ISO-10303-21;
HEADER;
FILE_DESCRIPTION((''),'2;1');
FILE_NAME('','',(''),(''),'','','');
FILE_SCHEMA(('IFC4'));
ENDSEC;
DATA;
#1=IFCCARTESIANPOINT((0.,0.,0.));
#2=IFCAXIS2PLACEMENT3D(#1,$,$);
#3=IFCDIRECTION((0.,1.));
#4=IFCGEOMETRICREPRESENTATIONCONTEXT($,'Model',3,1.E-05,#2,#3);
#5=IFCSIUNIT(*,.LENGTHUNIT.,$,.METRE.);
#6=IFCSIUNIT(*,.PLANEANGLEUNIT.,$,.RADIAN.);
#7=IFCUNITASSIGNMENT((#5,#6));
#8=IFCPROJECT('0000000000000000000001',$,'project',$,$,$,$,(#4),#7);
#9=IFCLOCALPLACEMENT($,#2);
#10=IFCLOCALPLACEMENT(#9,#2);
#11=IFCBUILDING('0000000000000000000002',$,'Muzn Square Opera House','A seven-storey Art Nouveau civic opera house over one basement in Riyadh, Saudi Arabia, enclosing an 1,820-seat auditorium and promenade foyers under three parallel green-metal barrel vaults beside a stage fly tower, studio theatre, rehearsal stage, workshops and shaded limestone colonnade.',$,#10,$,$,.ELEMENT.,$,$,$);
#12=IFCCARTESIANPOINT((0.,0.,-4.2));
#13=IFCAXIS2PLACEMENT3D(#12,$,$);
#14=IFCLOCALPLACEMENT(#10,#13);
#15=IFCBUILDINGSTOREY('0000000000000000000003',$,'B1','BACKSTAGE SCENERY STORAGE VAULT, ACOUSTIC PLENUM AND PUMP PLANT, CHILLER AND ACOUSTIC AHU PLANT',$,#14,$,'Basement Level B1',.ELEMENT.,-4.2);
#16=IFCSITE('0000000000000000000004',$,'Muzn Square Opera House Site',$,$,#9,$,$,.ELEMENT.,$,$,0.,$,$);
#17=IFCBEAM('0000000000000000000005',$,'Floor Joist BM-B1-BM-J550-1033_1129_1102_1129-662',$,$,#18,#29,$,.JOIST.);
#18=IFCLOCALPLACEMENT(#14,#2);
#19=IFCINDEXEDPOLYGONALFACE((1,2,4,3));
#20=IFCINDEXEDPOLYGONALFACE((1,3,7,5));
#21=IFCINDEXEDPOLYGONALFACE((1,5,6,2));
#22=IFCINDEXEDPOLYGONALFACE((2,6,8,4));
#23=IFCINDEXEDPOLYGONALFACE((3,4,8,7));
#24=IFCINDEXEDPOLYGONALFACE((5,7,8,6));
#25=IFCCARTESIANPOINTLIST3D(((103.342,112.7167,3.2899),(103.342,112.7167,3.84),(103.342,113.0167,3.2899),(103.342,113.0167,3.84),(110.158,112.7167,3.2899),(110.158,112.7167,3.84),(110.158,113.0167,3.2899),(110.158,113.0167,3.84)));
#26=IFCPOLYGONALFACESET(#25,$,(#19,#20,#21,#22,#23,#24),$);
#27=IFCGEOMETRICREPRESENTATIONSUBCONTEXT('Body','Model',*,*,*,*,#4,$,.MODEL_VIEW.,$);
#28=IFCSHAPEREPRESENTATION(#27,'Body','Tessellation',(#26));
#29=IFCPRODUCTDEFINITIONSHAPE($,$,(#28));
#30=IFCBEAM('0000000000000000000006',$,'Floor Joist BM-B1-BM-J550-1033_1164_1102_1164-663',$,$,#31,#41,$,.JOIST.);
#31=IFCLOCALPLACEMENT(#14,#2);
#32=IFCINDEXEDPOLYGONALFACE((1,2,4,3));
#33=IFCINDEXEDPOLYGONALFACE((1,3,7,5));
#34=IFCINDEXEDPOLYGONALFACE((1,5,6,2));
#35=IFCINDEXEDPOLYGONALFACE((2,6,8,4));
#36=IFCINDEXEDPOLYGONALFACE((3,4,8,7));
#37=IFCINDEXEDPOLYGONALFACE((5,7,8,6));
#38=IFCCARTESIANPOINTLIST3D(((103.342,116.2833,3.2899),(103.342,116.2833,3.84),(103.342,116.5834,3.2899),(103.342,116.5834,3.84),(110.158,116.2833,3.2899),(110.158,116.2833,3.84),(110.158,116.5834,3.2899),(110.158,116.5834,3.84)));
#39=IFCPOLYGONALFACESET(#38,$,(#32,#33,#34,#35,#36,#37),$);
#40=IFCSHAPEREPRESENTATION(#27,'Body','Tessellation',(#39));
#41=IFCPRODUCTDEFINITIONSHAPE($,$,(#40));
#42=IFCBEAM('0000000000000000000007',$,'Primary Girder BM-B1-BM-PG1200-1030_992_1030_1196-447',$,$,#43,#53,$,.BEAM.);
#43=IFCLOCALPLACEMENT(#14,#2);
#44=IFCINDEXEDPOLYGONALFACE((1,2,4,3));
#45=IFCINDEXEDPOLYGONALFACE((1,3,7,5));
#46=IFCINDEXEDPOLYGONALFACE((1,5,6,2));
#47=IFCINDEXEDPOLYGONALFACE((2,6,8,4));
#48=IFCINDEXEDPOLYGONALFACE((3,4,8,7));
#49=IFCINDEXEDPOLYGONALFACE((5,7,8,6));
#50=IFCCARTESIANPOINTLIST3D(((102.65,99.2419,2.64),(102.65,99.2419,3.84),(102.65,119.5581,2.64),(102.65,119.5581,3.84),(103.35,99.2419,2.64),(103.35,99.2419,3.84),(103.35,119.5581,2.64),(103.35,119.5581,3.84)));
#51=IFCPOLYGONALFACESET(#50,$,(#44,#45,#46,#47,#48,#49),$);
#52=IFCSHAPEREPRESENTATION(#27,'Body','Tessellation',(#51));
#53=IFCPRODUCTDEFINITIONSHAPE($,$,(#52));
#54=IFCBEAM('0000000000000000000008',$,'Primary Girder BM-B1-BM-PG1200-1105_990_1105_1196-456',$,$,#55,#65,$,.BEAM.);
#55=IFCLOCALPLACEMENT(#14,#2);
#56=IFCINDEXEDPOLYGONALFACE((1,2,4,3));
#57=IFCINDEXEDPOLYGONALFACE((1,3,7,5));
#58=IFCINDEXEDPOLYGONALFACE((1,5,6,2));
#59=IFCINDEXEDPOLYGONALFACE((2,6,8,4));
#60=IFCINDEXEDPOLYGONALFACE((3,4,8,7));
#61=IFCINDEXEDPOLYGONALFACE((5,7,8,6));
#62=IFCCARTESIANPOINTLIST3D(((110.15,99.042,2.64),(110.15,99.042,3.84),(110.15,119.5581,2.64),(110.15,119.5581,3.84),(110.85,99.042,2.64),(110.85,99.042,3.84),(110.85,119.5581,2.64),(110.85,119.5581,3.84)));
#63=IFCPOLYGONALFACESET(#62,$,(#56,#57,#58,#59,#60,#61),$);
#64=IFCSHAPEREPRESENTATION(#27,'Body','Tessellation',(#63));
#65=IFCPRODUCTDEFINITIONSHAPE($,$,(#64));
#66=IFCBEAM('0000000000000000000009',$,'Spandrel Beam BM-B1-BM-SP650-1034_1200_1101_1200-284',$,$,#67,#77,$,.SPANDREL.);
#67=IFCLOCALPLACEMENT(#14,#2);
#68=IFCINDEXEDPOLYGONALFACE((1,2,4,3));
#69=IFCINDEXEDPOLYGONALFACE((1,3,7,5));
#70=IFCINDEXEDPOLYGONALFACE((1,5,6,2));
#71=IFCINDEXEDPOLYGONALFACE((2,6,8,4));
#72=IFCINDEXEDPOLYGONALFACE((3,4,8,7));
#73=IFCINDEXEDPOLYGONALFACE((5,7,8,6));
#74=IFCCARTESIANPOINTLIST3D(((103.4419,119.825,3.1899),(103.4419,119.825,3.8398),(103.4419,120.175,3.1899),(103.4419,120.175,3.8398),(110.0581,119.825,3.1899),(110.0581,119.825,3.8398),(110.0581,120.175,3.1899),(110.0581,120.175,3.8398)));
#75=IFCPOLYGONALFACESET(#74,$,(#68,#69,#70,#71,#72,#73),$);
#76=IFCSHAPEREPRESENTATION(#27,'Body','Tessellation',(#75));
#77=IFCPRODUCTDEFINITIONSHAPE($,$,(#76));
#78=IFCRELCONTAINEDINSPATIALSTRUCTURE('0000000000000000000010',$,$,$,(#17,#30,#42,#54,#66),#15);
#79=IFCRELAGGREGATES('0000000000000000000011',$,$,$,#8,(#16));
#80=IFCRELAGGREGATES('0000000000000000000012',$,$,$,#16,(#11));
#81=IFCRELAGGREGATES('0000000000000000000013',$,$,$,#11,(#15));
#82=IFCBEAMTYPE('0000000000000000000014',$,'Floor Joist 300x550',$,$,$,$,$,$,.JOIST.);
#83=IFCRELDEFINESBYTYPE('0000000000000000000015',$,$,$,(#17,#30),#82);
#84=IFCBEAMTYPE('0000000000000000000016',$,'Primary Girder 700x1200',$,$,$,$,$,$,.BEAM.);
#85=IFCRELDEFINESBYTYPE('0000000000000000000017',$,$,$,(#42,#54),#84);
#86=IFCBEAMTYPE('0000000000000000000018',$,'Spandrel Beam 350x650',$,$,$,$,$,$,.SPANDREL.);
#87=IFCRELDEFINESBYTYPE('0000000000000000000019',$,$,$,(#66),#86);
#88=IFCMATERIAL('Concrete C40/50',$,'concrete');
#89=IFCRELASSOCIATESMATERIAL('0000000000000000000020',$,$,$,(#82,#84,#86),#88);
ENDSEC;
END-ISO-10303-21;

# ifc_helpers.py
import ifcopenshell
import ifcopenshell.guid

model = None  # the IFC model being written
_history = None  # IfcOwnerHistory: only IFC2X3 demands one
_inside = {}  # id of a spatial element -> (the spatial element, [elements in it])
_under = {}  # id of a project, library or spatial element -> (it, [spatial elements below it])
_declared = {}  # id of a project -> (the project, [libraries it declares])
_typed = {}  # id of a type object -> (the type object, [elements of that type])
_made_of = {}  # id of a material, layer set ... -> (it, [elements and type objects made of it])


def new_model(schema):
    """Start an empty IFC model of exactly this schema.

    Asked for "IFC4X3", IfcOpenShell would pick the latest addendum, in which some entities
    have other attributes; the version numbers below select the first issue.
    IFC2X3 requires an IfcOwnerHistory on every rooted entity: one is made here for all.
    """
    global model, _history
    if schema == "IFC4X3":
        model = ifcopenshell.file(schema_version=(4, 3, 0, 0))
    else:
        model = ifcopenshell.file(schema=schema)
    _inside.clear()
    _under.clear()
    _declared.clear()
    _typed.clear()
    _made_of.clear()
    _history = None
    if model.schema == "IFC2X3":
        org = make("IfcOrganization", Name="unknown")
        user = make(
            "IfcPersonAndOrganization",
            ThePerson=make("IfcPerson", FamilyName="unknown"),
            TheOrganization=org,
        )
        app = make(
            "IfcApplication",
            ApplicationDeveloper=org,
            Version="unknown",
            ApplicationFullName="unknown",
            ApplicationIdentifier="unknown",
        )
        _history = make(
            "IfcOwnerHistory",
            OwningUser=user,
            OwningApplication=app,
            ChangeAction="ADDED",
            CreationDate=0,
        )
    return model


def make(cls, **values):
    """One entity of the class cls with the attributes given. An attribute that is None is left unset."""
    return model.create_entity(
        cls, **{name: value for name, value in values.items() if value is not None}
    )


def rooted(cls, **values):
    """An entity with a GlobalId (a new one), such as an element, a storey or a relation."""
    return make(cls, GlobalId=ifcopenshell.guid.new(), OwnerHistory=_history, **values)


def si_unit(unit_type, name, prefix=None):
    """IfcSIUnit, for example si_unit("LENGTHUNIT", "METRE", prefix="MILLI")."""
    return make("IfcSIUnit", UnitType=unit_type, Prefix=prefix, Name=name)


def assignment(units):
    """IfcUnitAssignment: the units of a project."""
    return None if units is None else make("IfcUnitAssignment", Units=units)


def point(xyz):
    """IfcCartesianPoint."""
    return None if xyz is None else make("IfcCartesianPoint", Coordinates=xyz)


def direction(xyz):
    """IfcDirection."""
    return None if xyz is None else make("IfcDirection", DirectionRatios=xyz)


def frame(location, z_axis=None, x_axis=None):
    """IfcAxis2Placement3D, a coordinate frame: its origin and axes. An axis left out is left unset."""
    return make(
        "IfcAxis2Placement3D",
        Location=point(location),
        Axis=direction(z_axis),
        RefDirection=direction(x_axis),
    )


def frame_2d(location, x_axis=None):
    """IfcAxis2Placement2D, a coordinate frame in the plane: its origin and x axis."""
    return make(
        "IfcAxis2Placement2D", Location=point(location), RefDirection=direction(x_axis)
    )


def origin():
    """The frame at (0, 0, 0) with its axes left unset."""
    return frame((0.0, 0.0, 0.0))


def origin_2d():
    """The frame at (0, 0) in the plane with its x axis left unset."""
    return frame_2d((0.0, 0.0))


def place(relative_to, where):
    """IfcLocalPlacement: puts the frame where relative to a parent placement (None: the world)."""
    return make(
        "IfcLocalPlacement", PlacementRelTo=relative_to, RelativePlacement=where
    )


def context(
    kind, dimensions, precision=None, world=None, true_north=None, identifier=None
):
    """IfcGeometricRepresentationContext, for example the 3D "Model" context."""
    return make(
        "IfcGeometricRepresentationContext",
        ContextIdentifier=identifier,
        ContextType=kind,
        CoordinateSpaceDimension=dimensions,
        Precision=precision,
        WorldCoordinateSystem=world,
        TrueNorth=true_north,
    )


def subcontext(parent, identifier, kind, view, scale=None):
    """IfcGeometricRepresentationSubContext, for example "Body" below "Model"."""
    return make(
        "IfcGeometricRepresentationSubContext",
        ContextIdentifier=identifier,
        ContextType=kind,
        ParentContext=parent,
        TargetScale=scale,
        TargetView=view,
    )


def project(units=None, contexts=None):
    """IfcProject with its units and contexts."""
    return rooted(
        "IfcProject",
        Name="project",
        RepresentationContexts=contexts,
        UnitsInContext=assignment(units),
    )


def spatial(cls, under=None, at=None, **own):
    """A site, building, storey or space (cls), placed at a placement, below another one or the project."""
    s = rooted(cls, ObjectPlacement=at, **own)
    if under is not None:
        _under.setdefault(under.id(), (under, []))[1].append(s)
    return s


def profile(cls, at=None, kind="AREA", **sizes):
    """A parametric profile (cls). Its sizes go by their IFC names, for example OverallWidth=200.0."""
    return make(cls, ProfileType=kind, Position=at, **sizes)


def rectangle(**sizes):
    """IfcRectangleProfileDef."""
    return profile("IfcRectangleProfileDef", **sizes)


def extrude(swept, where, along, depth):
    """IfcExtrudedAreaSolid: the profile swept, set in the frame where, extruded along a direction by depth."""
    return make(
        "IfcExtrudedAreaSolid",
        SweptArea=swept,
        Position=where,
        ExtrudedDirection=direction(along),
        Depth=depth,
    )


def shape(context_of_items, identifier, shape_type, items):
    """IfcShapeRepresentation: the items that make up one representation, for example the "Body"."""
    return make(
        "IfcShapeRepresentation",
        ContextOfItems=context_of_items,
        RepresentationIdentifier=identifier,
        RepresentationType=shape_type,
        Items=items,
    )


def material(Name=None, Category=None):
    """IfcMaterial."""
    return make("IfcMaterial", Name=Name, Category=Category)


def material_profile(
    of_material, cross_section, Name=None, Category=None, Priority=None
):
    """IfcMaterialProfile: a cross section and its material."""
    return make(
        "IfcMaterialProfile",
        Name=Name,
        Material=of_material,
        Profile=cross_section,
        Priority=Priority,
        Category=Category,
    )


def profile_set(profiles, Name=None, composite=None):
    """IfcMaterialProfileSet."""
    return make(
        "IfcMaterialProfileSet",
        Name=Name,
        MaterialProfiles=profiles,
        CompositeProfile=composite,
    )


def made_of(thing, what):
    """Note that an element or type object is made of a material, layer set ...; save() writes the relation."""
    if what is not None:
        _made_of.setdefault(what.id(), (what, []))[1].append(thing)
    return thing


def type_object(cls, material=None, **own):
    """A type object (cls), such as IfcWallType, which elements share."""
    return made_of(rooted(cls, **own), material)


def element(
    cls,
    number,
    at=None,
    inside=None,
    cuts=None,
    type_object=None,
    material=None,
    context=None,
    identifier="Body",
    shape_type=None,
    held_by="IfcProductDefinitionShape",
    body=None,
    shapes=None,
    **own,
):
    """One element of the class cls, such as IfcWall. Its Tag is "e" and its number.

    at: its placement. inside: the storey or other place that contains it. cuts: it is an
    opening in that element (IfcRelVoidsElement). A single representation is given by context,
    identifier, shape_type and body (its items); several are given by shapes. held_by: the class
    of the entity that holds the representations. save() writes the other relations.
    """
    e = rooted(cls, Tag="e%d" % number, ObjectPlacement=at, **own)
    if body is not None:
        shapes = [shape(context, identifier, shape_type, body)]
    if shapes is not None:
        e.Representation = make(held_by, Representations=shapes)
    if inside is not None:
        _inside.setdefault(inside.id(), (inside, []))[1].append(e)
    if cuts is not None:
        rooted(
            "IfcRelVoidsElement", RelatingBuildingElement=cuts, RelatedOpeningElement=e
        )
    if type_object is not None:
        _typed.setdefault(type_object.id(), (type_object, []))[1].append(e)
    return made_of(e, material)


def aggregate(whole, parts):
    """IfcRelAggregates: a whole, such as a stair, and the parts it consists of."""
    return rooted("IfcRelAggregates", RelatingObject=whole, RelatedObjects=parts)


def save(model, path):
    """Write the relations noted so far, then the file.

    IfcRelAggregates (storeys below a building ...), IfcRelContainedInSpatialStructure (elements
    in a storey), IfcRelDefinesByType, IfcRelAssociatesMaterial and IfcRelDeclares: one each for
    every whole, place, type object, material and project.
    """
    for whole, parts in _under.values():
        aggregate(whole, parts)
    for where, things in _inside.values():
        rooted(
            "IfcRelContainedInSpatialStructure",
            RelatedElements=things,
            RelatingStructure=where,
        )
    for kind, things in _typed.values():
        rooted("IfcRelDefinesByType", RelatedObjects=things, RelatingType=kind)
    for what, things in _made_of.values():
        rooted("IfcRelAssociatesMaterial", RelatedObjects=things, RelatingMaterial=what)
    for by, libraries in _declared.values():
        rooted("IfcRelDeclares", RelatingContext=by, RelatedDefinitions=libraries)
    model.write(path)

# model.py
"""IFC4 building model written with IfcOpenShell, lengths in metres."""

from ifc_helpers import new_model, si_unit, direction, frame, origin, origin_2d, place, context, subcontext, project, spatial, rectangle, extrude, material, material_profile, profile_set, type_object, element, save


model = new_model("IFC4")

# Units and contexts
model_context = context("Model", 3, precision=1e-05, world=origin(), true_north=direction((0.0, 1.0)))
body_context = subcontext(model_context, "Body", "Model", "MODEL_VIEW")
ifc_project = project(units=[si_unit("LENGTHUNIT", "METRE"), si_unit("PLANEANGLEUNIT", "RADIAN")], contexts=[model_context])

# Site, building, storey
site_placement = place(None, origin())
site = spatial("IfcSite", under=ifc_project, at=site_placement, Name="Muzn Square Opera House Site", CompositionType="ELEMENT", RefElevation=0.0)
building_placement = place(site_placement, origin())
building = spatial("IfcBuilding", under=site, at=building_placement, Name="Muzn Square Opera House", Description="A seven-storey Art Nouveau civic opera house over one basement in Riyadh, Saudi Arabia, enclosing an 1,820-seat auditorium and promenade foyers under three parallel green-metal barrel vaults beside a stage fly tower, studio theatre, rehearsal stage, workshops and shaded limestone colonnade.", CompositionType="ELEMENT")
storey_placement = place(building_placement, frame((0.0, 0.0, -4.2)))
storey = spatial("IfcBuildingStorey", under=building, at=storey_placement, Name="B1", Description="BACKSTAGE SCENERY STORAGE VAULT, ACOUSTIC PLENUM AND PUMP PLANT, CHILLER AND ACOUSTIC AHU PLANT", LongName="Basement Level B1", CompositionType="ELEMENT", Elevation=-4.2)

# Shared definitions
ifc_material_1 = material(Name="Concrete C40/50", Category="concrete")

# Beams
ifc_material_profile_1 = material_profile(ifc_material_1, rectangle(XDim=0.3, YDim=0.55, at=origin_2d()), Name="RCJ 300x550", Category="concrete")
ifc_profile_set_1 = profile_set([ifc_material_profile_1], Name="Concrete C40/50")
beam_type_1 = type_object("IfcBeamType", Name="Floor Joist 300x550", PredefinedType="JOIST", material=ifc_profile_set_1)
for number, where, z_axis, x_axis, name in (
    (1, (103.342, 112.8667, 3.5649), (1.0, 0.0, 0.0), (0.0, 1.0, 0.0), "Floor Joist BM-B1-BM-J550-1033_1129_1102_1129-662"),
    (2, (103.342, 116.4333, 3.5649), (1.0, 0.0, 0.0), (0.0, 1.0, 0.0), "Floor Joist BM-B1-BM-J550-1033_1164_1102_1164-663"),
):
    element("IfcBeam", number, at=place(storey_placement, frame(where, z_axis=z_axis, x_axis=x_axis)), inside=storey, type_object=beam_type_1, Name=name, PredefinedType="JOIST", context=body_context, shape_type="SweptSolid", body=[
        extrude(rectangle(XDim=0.3, YDim=0.55, at=origin_2d()), origin(), (0.0, 0.0, 1.0), 6.8159),
    ])
ifc_material_profile_2 = material_profile(ifc_material_1, rectangle(XDim=0.7, YDim=1.2, at=origin_2d()), Name="RCB 700x1200", Category="concrete")
ifc_profile_set_2 = profile_set([ifc_material_profile_2], Name="Concrete C40/50")
beam_type_2 = type_object("IfcBeamType", Name="Primary Girder 700x1200", PredefinedType="BEAM", material=ifc_profile_set_2)
beam_1_placement = place(storey_placement, frame((103.0, 99.2419, 3.24), z_axis=(0.0, 1.0, 0.0), x_axis=(-1.0, 0.0, 0.0)))
element("IfcBeam", 3, at=beam_1_placement, inside=storey, type_object=beam_type_2, Name="Primary Girder BM-B1-BM-PG1200-1030_992_1030_1196-447", PredefinedType="BEAM", context=body_context, shape_type="SweptSolid", body=[
    extrude(rectangle(XDim=0.7, YDim=1.2, at=origin_2d()), origin(), (0.0, 0.0, 1.0), 20.3162),
])
beam_2_placement = place(storey_placement, frame((110.5, 99.042, 3.24), z_axis=(0.0, 1.0, 0.0), x_axis=(-1.0, 0.0, 0.0)))
element("IfcBeam", 4, at=beam_2_placement, inside=storey, type_object=beam_type_2, Name="Primary Girder BM-B1-BM-PG1200-1105_990_1105_1196-456", PredefinedType="BEAM", context=body_context, shape_type="SweptSolid", body=[
    extrude(rectangle(XDim=0.7, YDim=1.2, at=origin_2d()), origin(), (0.0, 0.0, 1.0), 20.5161),
])
ifc_material_profile_3 = material_profile(ifc_material_1, rectangle(XDim=0.3501, YDim=0.6499, at=origin_2d()), Name="RCS 350x650", Category="concrete")
ifc_profile_set_3 = profile_set([ifc_material_profile_3], Name="Concrete C40/50")
beam_type_3 = type_object("IfcBeamType", Name="Spandrel Beam 350x650", PredefinedType="SPANDREL", material=ifc_profile_set_3)
beam_3_placement = place(storey_placement, frame((103.4419, 120.0, 3.5149), z_axis=(1.0, 0.0, 0.0), x_axis=(0.0, 1.0, 0.0)))
element("IfcBeam", 5, at=beam_3_placement, inside=storey, type_object=beam_type_3, Name="Spandrel Beam BM-B1-BM-SP650-1034_1200_1101_1200-284", PredefinedType="SPANDREL", context=body_context, shape_type="SweptSolid", body=[
    extrude(rectangle(XDim=0.3501, YDim=0.6499, at=origin_2d()), origin(), (0.0, 0.0, 1.0), 6.6162),
])

save(model, "model.ifc")
